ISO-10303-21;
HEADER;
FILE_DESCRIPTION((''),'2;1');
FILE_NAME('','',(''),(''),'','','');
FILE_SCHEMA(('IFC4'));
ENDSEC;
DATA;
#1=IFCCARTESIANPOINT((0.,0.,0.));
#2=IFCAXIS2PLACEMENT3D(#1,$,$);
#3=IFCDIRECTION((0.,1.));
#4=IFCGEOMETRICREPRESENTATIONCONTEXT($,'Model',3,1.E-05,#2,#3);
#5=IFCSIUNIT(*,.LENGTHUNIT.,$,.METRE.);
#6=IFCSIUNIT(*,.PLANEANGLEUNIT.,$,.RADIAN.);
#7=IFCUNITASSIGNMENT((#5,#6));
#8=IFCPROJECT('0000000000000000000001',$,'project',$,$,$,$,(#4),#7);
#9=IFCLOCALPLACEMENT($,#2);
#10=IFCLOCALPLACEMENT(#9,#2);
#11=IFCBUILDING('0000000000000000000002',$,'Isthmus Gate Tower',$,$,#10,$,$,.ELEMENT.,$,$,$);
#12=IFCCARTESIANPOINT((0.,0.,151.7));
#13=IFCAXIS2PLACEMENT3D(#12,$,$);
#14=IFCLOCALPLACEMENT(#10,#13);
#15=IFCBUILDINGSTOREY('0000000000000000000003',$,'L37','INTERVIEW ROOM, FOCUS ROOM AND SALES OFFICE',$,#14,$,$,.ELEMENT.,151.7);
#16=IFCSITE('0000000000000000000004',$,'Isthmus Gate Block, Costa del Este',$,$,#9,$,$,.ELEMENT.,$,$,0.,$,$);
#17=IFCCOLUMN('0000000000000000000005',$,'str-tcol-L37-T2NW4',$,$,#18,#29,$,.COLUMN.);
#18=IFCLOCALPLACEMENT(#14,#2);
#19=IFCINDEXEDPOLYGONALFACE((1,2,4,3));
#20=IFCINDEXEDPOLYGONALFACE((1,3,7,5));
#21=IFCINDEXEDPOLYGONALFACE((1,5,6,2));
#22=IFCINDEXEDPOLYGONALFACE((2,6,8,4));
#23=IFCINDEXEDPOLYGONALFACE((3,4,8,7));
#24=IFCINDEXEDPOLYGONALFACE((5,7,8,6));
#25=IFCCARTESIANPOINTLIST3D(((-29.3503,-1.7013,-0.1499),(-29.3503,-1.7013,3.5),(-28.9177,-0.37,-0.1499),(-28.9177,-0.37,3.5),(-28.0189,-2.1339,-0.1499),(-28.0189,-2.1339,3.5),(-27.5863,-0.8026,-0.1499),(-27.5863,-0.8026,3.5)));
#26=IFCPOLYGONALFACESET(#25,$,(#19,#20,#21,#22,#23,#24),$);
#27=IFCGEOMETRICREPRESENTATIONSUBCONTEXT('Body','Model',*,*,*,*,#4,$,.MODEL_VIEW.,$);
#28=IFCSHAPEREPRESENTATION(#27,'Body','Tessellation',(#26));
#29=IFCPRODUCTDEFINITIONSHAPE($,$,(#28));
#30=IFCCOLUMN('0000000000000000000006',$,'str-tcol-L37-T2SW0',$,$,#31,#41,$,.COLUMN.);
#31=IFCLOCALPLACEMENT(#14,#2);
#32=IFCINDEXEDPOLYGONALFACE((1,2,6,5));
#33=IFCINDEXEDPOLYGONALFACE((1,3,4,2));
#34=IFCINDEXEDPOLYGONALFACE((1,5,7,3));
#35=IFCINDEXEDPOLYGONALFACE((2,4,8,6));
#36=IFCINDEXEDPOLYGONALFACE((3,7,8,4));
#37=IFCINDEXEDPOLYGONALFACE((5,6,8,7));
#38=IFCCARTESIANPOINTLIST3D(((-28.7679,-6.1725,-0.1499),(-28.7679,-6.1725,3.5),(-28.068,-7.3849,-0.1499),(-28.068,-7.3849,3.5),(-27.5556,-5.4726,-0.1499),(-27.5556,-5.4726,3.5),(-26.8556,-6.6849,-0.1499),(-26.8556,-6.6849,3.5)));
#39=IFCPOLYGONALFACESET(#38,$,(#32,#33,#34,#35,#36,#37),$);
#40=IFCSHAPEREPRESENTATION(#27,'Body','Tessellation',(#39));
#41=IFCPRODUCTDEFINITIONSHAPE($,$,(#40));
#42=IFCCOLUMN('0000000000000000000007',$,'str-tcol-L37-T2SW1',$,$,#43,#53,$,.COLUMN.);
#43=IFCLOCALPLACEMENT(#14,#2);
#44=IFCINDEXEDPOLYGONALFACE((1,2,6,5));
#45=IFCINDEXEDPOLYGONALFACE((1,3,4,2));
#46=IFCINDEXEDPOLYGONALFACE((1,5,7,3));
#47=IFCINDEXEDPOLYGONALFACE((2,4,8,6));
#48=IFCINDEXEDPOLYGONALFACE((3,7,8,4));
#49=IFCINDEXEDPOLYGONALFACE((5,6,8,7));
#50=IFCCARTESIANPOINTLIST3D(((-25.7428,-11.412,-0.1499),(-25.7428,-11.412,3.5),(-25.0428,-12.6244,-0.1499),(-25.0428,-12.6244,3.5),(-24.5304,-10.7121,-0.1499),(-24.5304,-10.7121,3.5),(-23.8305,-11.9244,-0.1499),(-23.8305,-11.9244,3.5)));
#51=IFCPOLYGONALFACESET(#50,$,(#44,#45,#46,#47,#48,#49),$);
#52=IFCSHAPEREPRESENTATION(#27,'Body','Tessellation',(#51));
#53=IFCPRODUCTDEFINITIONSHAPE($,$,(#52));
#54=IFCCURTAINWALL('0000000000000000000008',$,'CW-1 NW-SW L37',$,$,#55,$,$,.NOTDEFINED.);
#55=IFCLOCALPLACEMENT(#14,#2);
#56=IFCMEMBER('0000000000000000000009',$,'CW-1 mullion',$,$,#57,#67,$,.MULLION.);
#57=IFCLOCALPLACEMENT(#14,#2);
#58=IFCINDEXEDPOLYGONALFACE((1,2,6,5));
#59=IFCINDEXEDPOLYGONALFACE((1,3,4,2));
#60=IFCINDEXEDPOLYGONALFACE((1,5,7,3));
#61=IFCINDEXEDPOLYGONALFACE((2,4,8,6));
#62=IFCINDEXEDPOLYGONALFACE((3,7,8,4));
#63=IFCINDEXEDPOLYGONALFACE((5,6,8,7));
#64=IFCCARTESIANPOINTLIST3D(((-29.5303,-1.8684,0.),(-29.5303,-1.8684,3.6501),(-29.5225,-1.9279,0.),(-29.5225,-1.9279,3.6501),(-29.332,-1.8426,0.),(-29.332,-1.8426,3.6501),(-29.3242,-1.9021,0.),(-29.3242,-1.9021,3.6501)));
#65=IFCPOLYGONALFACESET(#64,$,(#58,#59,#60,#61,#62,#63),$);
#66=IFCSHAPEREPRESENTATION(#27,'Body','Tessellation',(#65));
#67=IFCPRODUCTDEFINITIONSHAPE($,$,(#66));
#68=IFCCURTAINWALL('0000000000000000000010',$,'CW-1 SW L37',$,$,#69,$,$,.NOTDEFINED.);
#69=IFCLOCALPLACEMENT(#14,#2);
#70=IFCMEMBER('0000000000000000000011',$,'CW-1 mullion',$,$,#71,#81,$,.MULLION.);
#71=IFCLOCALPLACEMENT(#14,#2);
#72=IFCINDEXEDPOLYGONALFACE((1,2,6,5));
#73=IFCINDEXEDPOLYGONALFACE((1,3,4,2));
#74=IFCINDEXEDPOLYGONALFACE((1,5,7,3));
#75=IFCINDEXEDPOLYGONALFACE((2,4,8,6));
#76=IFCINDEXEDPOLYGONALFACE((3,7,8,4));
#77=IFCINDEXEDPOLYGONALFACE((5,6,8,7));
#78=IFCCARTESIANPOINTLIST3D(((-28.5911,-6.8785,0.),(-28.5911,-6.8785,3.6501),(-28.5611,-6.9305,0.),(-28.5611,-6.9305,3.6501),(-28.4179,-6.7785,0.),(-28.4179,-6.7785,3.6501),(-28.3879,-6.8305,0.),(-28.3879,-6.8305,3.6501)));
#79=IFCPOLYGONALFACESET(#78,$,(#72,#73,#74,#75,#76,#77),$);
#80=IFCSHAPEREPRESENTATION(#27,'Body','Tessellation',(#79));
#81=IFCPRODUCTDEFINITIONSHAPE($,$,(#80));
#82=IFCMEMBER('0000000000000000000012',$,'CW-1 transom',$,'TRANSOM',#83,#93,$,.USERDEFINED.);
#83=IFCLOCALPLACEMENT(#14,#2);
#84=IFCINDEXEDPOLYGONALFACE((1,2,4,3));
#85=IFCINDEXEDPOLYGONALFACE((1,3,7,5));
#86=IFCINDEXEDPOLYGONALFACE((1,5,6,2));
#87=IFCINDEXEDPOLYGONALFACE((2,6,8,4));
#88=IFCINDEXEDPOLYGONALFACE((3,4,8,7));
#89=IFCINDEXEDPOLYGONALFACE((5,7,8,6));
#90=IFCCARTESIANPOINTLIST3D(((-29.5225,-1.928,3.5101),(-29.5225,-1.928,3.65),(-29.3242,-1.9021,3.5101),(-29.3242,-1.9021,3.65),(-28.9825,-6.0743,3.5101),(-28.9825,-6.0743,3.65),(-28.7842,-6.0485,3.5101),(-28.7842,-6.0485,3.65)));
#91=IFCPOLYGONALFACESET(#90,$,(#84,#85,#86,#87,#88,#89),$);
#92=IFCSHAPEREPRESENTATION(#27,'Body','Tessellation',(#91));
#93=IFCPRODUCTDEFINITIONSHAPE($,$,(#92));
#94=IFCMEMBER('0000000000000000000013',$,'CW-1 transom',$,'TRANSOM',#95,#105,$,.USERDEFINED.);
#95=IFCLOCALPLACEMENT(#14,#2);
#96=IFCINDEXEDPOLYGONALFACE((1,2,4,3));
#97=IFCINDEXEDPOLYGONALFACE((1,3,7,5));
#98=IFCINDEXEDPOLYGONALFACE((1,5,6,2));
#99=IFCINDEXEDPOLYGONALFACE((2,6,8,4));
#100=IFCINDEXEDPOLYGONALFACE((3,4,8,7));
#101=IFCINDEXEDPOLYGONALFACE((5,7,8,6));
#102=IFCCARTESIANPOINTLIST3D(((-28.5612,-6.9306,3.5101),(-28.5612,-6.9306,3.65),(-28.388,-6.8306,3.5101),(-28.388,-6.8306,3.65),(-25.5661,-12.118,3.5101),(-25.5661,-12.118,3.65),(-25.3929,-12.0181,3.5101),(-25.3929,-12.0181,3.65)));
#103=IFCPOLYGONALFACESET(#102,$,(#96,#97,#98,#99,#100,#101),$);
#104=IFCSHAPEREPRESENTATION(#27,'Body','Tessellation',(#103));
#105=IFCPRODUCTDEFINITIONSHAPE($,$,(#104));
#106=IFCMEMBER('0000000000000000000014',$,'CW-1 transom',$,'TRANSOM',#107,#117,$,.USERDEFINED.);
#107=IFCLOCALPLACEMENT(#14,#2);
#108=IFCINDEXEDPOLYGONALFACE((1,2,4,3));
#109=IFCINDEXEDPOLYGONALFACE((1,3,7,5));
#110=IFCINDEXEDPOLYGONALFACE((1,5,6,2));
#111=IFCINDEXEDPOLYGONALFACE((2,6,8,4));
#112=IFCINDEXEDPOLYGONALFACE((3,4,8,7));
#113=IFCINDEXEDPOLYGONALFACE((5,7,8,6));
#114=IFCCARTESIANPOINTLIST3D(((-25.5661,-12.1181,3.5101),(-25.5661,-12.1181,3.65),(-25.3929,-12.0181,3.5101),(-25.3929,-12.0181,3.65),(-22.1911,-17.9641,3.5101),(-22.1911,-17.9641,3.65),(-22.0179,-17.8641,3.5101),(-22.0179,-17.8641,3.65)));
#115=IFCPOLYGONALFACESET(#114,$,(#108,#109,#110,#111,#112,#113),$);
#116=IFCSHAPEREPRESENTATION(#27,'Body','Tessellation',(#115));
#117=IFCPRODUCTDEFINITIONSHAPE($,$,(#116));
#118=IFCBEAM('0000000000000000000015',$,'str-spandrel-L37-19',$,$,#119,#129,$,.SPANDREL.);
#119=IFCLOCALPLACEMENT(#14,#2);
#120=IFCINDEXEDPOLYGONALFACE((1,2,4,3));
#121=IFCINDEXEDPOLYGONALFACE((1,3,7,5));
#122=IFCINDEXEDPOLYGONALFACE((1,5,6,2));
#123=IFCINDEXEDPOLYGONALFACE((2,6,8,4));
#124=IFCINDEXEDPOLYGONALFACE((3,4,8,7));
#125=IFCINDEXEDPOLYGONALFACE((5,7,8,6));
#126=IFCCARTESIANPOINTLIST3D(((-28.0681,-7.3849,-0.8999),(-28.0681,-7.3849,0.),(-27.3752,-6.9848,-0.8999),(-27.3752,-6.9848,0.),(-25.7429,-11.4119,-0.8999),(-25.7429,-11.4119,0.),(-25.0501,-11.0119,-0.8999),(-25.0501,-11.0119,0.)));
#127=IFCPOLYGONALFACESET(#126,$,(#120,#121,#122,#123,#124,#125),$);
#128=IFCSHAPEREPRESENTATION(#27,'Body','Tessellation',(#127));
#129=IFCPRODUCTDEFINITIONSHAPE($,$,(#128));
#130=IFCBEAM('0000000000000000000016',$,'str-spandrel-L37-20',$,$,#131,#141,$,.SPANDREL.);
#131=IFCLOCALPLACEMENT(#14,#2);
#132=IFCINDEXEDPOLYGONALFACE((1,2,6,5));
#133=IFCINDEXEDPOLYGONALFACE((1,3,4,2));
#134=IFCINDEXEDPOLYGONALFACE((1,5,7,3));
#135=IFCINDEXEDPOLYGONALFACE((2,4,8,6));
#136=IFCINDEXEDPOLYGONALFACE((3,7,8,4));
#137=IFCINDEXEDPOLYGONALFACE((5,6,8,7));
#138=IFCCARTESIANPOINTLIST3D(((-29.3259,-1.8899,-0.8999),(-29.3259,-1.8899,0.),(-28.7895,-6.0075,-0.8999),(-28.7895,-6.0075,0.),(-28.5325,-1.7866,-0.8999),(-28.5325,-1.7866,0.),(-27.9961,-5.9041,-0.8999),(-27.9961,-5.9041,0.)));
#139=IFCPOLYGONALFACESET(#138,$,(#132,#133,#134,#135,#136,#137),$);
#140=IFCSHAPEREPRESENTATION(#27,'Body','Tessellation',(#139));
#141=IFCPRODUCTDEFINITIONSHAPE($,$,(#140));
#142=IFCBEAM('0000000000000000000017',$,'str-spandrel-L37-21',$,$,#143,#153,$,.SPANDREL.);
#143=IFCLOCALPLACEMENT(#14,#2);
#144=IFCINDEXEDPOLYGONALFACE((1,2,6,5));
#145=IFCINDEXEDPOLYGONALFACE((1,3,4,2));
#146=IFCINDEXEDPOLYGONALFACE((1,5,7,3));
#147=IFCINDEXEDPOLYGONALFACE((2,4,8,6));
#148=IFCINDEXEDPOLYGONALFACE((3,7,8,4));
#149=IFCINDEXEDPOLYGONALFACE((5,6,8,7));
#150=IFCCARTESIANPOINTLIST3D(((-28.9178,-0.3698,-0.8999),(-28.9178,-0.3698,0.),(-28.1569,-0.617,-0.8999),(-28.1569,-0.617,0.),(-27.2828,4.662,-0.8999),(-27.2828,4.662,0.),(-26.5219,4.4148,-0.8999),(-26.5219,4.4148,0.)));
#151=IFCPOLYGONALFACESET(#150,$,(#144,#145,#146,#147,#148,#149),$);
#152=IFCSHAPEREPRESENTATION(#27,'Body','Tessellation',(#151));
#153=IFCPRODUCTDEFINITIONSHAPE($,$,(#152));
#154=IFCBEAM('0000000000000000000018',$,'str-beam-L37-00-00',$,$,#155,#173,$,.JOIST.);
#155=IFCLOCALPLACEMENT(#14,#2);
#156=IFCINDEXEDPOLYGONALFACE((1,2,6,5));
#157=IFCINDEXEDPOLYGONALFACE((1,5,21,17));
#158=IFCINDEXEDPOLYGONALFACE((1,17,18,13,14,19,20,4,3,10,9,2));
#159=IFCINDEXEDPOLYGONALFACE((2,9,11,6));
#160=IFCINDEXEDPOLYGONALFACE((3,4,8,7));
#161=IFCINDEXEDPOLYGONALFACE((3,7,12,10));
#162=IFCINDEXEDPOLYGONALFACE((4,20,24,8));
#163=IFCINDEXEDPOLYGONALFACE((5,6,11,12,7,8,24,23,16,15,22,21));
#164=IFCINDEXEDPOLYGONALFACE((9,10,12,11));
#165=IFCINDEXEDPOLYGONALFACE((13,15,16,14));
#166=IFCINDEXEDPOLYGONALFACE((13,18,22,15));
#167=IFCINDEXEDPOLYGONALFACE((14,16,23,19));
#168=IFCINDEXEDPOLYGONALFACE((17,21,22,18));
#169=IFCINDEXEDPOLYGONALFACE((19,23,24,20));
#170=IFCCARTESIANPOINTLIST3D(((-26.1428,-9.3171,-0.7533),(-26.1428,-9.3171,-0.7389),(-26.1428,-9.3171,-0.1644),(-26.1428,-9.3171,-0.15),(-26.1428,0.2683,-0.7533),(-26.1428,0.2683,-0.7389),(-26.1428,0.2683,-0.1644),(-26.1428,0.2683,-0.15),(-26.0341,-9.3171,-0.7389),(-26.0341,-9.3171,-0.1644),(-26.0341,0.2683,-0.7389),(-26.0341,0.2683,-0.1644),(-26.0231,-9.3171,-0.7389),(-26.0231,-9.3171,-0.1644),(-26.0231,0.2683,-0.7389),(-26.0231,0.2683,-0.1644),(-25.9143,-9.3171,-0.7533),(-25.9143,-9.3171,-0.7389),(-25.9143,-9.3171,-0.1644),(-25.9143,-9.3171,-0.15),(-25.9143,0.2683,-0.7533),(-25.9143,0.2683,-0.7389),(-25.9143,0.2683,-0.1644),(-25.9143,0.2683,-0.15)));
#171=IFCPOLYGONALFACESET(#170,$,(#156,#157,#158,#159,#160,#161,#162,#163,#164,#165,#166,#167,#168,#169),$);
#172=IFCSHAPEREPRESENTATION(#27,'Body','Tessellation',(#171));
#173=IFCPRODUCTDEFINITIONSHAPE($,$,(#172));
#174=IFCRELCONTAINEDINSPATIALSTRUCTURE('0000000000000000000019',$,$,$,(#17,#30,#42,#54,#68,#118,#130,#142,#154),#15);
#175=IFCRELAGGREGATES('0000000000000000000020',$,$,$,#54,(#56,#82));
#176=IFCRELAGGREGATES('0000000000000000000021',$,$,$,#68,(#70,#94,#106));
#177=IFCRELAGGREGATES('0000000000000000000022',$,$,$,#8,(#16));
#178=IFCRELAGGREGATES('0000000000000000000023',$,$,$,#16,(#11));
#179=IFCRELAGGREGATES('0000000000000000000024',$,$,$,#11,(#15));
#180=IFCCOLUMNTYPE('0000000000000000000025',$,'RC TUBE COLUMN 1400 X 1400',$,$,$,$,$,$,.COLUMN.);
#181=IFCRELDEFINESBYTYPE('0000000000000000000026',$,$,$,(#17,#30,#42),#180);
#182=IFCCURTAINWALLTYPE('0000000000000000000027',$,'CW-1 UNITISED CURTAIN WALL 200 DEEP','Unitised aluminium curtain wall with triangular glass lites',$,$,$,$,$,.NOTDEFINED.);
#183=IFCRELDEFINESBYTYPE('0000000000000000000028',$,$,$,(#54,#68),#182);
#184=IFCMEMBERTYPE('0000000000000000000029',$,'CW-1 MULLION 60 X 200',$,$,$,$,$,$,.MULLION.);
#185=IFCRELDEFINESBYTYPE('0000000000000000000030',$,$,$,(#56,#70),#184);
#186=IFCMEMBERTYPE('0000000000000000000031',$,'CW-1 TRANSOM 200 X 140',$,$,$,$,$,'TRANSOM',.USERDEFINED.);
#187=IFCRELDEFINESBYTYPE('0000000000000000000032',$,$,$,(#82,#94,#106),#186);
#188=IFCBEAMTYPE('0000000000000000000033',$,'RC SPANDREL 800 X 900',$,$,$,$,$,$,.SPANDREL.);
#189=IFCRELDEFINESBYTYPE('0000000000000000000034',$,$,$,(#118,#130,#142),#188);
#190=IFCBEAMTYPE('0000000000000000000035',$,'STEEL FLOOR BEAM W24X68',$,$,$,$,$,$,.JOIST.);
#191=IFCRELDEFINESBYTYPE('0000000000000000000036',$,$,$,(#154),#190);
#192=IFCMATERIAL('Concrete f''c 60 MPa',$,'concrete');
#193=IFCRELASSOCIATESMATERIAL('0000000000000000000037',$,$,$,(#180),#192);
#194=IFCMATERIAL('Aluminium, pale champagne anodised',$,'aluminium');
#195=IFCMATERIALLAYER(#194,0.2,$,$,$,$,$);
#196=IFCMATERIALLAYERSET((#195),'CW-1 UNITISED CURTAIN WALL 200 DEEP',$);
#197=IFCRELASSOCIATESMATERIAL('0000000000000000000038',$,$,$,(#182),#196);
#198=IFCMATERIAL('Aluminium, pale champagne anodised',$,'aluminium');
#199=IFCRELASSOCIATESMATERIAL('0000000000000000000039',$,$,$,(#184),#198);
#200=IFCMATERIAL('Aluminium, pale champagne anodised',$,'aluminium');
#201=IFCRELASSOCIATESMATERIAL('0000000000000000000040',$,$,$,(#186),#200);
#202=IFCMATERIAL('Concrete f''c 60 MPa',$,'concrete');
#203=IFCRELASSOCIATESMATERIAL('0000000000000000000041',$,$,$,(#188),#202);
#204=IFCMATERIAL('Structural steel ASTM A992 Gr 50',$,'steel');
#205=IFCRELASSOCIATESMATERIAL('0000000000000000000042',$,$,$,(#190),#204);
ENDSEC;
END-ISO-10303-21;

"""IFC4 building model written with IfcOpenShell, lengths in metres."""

from ifc_helpers import new_model, si_unit, direction, frame, origin, origin_2d, place, context, subcontext, project, spatial, rectangle, i_section, extrude, material, layer, layer_set, material_profile, profile_set, type_object, element, aggregate, save


model = new_model("IFC4")

# Units and contexts
model_context = context("Model", 3, precision=1e-05, world=origin(), true_north=direction((0.0, 1.0)))
body_context = subcontext(model_context, "Body", "Model", "MODEL_VIEW")
ifc_project = project(units=[si_unit("LENGTHUNIT", "METRE"), si_unit("PLANEANGLEUNIT", "RADIAN")], contexts=[model_context])

# Site, building, storey
site_placement = place(None, origin())
site = spatial("IfcSite", under=ifc_project, at=site_placement, Name="Isthmus Gate Block, Costa del Este", CompositionType="ELEMENT", RefElevation=0.0)
building_placement = place(site_placement, origin())
building = spatial("IfcBuilding", under=site, at=building_placement, Name="Isthmus Gate Tower", CompositionType="ELEMENT")
storey_placement = place(building_placement, frame((0.0, 0.0, 151.7)))
storey = spatial("IfcBuildingStorey", under=building, at=storey_placement, Name="L37", Description="INTERVIEW ROOM, FOCUS ROOM AND SALES OFFICE", CompositionType="ELEMENT", Elevation=151.7)

# Columns
ifc_material_1 = material(Name="Concrete f'c 60 MPa", Category="concrete")
ifc_material_profile_1 = material_profile(ifc_material_1, rectangle(XDim=1.3999, YDim=1.3999, at=origin_2d()), Name="RC 1400X1400")
ifc_profile_set_1 = profile_set([ifc_material_profile_1], Name="Concrete f'c 60 MPa")
column_type = type_object("IfcColumnType", Name="RC TUBE COLUMN 1400 X 1400", PredefinedType="COLUMN", material=ifc_profile_set_1)
for number, where, z_axis, x_axis, name in (
    (1, (-28.4683, -1.252, -0.1499), (0.0, 0.0, 1.0), (-0.309017, -0.951057, 0.0), "str-tcol-L37-T2NW4"),
    (2, (-27.8118, -6.4287, -0.1499), (0.0, 0.0, 1.0), (0.5, -0.866025, 0.0), "str-tcol-L37-T2SW0"),
    (3, (-24.7866, -11.6682, -0.1499), (0.0, 0.0, 1.0), (0.5, -0.866025, 0.0), "str-tcol-L37-T2SW1"),
):
    element("IfcColumn", number, at=place(storey_placement, frame(where, z_axis=z_axis, x_axis=x_axis)), inside=storey, type_object=column_type, Name=name, PredefinedType="COLUMN", context=body_context, shape_type="SweptSolid", body=[
        extrude(rectangle(XDim=1.3999, YDim=1.3999, at=origin_2d()), origin(), (0.0, 0.0, 1.0), 3.6499),
    ])

# Curtain walls, members
ifc_material_2 = material(Name="Aluminium, pale champagne anodised", Category="aluminium")
ifc_layer_1 = layer(ifc_material_2, 0.2)
ifc_layer_set_1 = layer_set([ifc_layer_1], Name="CW-1 UNITISED CURTAIN WALL 200 DEEP")
curtain_wall_type = type_object("IfcCurtainWallType", Name="CW-1 UNITISED CURTAIN WALL 200 DEEP", Description="Unitised aluminium curtain wall with triangular glass lites", PredefinedType="NOTDEFINED", material=ifc_layer_set_1)
curtain_wall_1_placement = place(storey_placement, origin())
curtain_wall_1 = element("IfcCurtainWall", 4, at=curtain_wall_1_placement, inside=storey, type_object=curtain_wall_type, Name="CW-1 NW-SW L37", PredefinedType="NOTDEFINED")
ifc_material_3 = material(Name="Aluminium, pale champagne anodised", Category="aluminium")
ifc_material_profile_2 = material_profile(ifc_material_3, rectangle(XDim=0.0601, YDim=0.2, at=origin_2d()), Name="60x200")
ifc_profile_set_2 = profile_set([ifc_material_profile_2], Name="Aluminium, pale champagne anodised")
member_type_1 = type_object("IfcMemberType", Name="CW-1 MULLION 60 X 200", PredefinedType="MULLION", material=ifc_profile_set_2)
member_1_placement = place(storey_placement, frame((-29.4272, -1.8853, 0.0), z_axis=(0.0, 0.0, 1.0), x_axis=(0.129165, -0.991623, 0.0)))
member_1 = element("IfcMember", 5, at=member_1_placement, type_object=member_type_1, Name="CW-1 mullion", PredefinedType="MULLION", context=body_context, shape_type="SweptSolid", body=[
    extrude(rectangle(XDim=0.0601, YDim=0.2, at=origin_2d()), origin(), (0.0, 0.0, 1.0), 3.6501),
])
curtain_wall_2_placement = place(storey_placement, origin())
curtain_wall_2 = element("IfcCurtainWall", 6, at=curtain_wall_2_placement, inside=storey, type_object=curtain_wall_type, Name="CW-1 SW L37", PredefinedType="NOTDEFINED")
member_2_placement = place(storey_placement, frame((-28.4895, -6.8545, 0.0), z_axis=(0.0, 0.0, 1.0), x_axis=(0.5, -0.866025, 0.0)))
member_2 = element("IfcMember", 7, at=member_2_placement, type_object=member_type_1, Name="CW-1 mullion", PredefinedType="MULLION", context=body_context, shape_type="SweptSolid", body=[
    extrude(rectangle(XDim=0.0601, YDim=0.2, at=origin_2d()), origin(), (0.0, 0.0, 1.0), 3.6501),
])

# Members
ifc_material_4 = material(Name="Aluminium, pale champagne anodised", Category="aluminium")
ifc_material_profile_3 = material_profile(ifc_material_4, rectangle(XDim=0.2, YDim=0.1399, at=origin_2d()), Name="200x140")
ifc_profile_set_3 = profile_set([ifc_material_profile_3], Name="Aluminium, pale champagne anodised")
member_type_2 = type_object("IfcMemberType", Name="CW-1 TRANSOM 200 X 140", ElementType="TRANSOM", PredefinedType="USERDEFINED", material=ifc_profile_set_3)
member_3_placement = place(storey_placement, frame((-29.4233, -1.915, 3.5801), z_axis=(0.129149, -0.991625, 0.0), x_axis=(0.991625, 0.129149, 0.0)))
member_3 = element("IfcMember", 8, at=member_3_placement, type_object=member_type_2, Name="CW-1 transom", ObjectType="TRANSOM", PredefinedType="USERDEFINED", context=body_context, shape_type="SweptSolid", body=[
    extrude(rectangle(XDim=0.2, YDim=0.1399, at=origin_2d()), origin(), (0.0, 0.0, 1.0), 4.1814),
])
member_4_placement = place(storey_placement, frame((-28.4746, -6.8806, 3.5801), z_axis=(0.500014, -0.866017, 0.0), x_axis=(0.866017, 0.500014, 0.0)))
member_4 = element("IfcMember", 9, at=member_4_placement, type_object=member_type_2, Name="CW-1 transom", ObjectType="TRANSOM", PredefinedType="USERDEFINED", context=body_context, shape_type="SweptSolid", body=[
    extrude(rectangle(XDim=0.2, YDim=0.1399, at=origin_2d()), origin(), (0.0, 0.0, 1.0), 5.99),
])
member_5_placement = place(storey_placement, frame((-25.4795, -12.0681, 3.5801), z_axis=(0.499982, -0.866036, 0.0), x_axis=(0.866036, 0.499982, 0.0)))
member_5 = element("IfcMember", 10, at=member_5_placement, type_object=member_type_2, Name="CW-1 transom", ObjectType="TRANSOM", PredefinedType="USERDEFINED", context=body_context, shape_type="SweptSolid", body=[
    extrude(rectangle(XDim=0.2, YDim=0.1399, at=origin_2d()), origin(), (0.0, 0.0, 1.0), 6.7502),
])

# Beams
ifc_material_5 = material(Name="Concrete f'c 60 MPa", Category="concrete")
ifc_material_profile_4 = material_profile(ifc_material_5, rectangle(XDim=0.8, YDim=0.8999, at=origin_2d()), Name="RC 800X900")
ifc_profile_set_4 = profile_set([ifc_material_profile_4], Name="Concrete f'c 60 MPa")
beam_type_1 = type_object("IfcBeamType", Name="RC SPANDREL 800 X 900", PredefinedType="SPANDREL", material=ifc_profile_set_4)
beam_1_placement = place(storey_placement, frame((-25.3965, -11.2119, -0.45), z_axis=(-0.500024, 0.866012, 0.0), x_axis=(-0.866012, -0.500024, 0.0)))
element("IfcBeam", 11, at=beam_1_placement, inside=storey, type_object=beam_type_1, Name="str-spandrel-L37-19", PredefinedType="SPANDREL", context=body_context, shape_type="SweptSolid", body=[
    extrude(rectangle(XDim=0.8, YDim=0.8999, at=origin_2d()), origin(), (0.0, 0.0, 1.0), 4.6501),
])
beam_2_placement = place(storey_placement, frame((-28.3928, -5.9558, -0.45), z_axis=(-0.129171, 0.991622, 0.0), x_axis=(-0.991622, -0.129171, 0.0)))
element("IfcBeam", 12, at=beam_2_placement, inside=storey, type_object=beam_type_1, Name="str-spandrel-L37-20", PredefinedType="SPANDREL", context=body_context, shape_type="SweptSolid", body=[
    extrude(rectangle(XDim=0.8, YDim=0.8999, at=origin_2d()), origin(), (0.0, 0.0, 1.0), 4.1523),
])
beam_3_placement = place(storey_placement, frame((-28.5374, -0.4934, -0.45), z_axis=(0.309034, 0.951051, 0.0), x_axis=(-0.951051, 0.309034, 0.0)))
element("IfcBeam", 13, at=beam_3_placement, inside=storey, type_object=beam_type_1, Name="str-spandrel-L37-21", PredefinedType="SPANDREL", context=body_context, shape_type="SweptSolid", body=[
    extrude(rectangle(XDim=0.8, YDim=0.8999, at=origin_2d()), origin(), (0.0, 0.0, 1.0), 5.2908),
])
ifc_material_6 = material(Name="Structural steel ASTM A992 Gr 50", Category="steel")
ifc_material_profile_5 = material_profile(ifc_material_6, i_section(OverallWidth=0.2285, OverallDepth=0.6033, WebThickness=0.011, FlangeThickness=0.0144, at=origin_2d()), Name="W24X68")
ifc_profile_set_5 = profile_set([ifc_material_profile_5], Name="Structural steel ASTM A992 Gr 50")
beam_type_2 = type_object("IfcBeamType", Name="STEEL FLOOR BEAM W24X68", PredefinedType="JOIST", material=ifc_profile_set_5)
beam_4_placement = place(storey_placement, frame((-26.0286, -9.3171, -0.4517), z_axis=(0.0, 1.0, 0.0), x_axis=(-1.0, 0.0, 0.0)))
element("IfcBeam", 14, at=beam_4_placement, inside=storey, type_object=beam_type_2, Name="str-beam-L37-00-00", PredefinedType="JOIST", context=body_context, shape_type="SweptSolid", body=[
    extrude(i_section(OverallWidth=0.2285, OverallDepth=0.6033, WebThickness=0.011, FlangeThickness=0.0144, at=origin_2d()), origin(), (0.0, 0.0, 1.0), 9.5854),
])

aggregate(curtain_wall_1, [member_1, member_3])
aggregate(curtain_wall_2, [member_2, member_4, member_5])

save(model, "model.ifc")
